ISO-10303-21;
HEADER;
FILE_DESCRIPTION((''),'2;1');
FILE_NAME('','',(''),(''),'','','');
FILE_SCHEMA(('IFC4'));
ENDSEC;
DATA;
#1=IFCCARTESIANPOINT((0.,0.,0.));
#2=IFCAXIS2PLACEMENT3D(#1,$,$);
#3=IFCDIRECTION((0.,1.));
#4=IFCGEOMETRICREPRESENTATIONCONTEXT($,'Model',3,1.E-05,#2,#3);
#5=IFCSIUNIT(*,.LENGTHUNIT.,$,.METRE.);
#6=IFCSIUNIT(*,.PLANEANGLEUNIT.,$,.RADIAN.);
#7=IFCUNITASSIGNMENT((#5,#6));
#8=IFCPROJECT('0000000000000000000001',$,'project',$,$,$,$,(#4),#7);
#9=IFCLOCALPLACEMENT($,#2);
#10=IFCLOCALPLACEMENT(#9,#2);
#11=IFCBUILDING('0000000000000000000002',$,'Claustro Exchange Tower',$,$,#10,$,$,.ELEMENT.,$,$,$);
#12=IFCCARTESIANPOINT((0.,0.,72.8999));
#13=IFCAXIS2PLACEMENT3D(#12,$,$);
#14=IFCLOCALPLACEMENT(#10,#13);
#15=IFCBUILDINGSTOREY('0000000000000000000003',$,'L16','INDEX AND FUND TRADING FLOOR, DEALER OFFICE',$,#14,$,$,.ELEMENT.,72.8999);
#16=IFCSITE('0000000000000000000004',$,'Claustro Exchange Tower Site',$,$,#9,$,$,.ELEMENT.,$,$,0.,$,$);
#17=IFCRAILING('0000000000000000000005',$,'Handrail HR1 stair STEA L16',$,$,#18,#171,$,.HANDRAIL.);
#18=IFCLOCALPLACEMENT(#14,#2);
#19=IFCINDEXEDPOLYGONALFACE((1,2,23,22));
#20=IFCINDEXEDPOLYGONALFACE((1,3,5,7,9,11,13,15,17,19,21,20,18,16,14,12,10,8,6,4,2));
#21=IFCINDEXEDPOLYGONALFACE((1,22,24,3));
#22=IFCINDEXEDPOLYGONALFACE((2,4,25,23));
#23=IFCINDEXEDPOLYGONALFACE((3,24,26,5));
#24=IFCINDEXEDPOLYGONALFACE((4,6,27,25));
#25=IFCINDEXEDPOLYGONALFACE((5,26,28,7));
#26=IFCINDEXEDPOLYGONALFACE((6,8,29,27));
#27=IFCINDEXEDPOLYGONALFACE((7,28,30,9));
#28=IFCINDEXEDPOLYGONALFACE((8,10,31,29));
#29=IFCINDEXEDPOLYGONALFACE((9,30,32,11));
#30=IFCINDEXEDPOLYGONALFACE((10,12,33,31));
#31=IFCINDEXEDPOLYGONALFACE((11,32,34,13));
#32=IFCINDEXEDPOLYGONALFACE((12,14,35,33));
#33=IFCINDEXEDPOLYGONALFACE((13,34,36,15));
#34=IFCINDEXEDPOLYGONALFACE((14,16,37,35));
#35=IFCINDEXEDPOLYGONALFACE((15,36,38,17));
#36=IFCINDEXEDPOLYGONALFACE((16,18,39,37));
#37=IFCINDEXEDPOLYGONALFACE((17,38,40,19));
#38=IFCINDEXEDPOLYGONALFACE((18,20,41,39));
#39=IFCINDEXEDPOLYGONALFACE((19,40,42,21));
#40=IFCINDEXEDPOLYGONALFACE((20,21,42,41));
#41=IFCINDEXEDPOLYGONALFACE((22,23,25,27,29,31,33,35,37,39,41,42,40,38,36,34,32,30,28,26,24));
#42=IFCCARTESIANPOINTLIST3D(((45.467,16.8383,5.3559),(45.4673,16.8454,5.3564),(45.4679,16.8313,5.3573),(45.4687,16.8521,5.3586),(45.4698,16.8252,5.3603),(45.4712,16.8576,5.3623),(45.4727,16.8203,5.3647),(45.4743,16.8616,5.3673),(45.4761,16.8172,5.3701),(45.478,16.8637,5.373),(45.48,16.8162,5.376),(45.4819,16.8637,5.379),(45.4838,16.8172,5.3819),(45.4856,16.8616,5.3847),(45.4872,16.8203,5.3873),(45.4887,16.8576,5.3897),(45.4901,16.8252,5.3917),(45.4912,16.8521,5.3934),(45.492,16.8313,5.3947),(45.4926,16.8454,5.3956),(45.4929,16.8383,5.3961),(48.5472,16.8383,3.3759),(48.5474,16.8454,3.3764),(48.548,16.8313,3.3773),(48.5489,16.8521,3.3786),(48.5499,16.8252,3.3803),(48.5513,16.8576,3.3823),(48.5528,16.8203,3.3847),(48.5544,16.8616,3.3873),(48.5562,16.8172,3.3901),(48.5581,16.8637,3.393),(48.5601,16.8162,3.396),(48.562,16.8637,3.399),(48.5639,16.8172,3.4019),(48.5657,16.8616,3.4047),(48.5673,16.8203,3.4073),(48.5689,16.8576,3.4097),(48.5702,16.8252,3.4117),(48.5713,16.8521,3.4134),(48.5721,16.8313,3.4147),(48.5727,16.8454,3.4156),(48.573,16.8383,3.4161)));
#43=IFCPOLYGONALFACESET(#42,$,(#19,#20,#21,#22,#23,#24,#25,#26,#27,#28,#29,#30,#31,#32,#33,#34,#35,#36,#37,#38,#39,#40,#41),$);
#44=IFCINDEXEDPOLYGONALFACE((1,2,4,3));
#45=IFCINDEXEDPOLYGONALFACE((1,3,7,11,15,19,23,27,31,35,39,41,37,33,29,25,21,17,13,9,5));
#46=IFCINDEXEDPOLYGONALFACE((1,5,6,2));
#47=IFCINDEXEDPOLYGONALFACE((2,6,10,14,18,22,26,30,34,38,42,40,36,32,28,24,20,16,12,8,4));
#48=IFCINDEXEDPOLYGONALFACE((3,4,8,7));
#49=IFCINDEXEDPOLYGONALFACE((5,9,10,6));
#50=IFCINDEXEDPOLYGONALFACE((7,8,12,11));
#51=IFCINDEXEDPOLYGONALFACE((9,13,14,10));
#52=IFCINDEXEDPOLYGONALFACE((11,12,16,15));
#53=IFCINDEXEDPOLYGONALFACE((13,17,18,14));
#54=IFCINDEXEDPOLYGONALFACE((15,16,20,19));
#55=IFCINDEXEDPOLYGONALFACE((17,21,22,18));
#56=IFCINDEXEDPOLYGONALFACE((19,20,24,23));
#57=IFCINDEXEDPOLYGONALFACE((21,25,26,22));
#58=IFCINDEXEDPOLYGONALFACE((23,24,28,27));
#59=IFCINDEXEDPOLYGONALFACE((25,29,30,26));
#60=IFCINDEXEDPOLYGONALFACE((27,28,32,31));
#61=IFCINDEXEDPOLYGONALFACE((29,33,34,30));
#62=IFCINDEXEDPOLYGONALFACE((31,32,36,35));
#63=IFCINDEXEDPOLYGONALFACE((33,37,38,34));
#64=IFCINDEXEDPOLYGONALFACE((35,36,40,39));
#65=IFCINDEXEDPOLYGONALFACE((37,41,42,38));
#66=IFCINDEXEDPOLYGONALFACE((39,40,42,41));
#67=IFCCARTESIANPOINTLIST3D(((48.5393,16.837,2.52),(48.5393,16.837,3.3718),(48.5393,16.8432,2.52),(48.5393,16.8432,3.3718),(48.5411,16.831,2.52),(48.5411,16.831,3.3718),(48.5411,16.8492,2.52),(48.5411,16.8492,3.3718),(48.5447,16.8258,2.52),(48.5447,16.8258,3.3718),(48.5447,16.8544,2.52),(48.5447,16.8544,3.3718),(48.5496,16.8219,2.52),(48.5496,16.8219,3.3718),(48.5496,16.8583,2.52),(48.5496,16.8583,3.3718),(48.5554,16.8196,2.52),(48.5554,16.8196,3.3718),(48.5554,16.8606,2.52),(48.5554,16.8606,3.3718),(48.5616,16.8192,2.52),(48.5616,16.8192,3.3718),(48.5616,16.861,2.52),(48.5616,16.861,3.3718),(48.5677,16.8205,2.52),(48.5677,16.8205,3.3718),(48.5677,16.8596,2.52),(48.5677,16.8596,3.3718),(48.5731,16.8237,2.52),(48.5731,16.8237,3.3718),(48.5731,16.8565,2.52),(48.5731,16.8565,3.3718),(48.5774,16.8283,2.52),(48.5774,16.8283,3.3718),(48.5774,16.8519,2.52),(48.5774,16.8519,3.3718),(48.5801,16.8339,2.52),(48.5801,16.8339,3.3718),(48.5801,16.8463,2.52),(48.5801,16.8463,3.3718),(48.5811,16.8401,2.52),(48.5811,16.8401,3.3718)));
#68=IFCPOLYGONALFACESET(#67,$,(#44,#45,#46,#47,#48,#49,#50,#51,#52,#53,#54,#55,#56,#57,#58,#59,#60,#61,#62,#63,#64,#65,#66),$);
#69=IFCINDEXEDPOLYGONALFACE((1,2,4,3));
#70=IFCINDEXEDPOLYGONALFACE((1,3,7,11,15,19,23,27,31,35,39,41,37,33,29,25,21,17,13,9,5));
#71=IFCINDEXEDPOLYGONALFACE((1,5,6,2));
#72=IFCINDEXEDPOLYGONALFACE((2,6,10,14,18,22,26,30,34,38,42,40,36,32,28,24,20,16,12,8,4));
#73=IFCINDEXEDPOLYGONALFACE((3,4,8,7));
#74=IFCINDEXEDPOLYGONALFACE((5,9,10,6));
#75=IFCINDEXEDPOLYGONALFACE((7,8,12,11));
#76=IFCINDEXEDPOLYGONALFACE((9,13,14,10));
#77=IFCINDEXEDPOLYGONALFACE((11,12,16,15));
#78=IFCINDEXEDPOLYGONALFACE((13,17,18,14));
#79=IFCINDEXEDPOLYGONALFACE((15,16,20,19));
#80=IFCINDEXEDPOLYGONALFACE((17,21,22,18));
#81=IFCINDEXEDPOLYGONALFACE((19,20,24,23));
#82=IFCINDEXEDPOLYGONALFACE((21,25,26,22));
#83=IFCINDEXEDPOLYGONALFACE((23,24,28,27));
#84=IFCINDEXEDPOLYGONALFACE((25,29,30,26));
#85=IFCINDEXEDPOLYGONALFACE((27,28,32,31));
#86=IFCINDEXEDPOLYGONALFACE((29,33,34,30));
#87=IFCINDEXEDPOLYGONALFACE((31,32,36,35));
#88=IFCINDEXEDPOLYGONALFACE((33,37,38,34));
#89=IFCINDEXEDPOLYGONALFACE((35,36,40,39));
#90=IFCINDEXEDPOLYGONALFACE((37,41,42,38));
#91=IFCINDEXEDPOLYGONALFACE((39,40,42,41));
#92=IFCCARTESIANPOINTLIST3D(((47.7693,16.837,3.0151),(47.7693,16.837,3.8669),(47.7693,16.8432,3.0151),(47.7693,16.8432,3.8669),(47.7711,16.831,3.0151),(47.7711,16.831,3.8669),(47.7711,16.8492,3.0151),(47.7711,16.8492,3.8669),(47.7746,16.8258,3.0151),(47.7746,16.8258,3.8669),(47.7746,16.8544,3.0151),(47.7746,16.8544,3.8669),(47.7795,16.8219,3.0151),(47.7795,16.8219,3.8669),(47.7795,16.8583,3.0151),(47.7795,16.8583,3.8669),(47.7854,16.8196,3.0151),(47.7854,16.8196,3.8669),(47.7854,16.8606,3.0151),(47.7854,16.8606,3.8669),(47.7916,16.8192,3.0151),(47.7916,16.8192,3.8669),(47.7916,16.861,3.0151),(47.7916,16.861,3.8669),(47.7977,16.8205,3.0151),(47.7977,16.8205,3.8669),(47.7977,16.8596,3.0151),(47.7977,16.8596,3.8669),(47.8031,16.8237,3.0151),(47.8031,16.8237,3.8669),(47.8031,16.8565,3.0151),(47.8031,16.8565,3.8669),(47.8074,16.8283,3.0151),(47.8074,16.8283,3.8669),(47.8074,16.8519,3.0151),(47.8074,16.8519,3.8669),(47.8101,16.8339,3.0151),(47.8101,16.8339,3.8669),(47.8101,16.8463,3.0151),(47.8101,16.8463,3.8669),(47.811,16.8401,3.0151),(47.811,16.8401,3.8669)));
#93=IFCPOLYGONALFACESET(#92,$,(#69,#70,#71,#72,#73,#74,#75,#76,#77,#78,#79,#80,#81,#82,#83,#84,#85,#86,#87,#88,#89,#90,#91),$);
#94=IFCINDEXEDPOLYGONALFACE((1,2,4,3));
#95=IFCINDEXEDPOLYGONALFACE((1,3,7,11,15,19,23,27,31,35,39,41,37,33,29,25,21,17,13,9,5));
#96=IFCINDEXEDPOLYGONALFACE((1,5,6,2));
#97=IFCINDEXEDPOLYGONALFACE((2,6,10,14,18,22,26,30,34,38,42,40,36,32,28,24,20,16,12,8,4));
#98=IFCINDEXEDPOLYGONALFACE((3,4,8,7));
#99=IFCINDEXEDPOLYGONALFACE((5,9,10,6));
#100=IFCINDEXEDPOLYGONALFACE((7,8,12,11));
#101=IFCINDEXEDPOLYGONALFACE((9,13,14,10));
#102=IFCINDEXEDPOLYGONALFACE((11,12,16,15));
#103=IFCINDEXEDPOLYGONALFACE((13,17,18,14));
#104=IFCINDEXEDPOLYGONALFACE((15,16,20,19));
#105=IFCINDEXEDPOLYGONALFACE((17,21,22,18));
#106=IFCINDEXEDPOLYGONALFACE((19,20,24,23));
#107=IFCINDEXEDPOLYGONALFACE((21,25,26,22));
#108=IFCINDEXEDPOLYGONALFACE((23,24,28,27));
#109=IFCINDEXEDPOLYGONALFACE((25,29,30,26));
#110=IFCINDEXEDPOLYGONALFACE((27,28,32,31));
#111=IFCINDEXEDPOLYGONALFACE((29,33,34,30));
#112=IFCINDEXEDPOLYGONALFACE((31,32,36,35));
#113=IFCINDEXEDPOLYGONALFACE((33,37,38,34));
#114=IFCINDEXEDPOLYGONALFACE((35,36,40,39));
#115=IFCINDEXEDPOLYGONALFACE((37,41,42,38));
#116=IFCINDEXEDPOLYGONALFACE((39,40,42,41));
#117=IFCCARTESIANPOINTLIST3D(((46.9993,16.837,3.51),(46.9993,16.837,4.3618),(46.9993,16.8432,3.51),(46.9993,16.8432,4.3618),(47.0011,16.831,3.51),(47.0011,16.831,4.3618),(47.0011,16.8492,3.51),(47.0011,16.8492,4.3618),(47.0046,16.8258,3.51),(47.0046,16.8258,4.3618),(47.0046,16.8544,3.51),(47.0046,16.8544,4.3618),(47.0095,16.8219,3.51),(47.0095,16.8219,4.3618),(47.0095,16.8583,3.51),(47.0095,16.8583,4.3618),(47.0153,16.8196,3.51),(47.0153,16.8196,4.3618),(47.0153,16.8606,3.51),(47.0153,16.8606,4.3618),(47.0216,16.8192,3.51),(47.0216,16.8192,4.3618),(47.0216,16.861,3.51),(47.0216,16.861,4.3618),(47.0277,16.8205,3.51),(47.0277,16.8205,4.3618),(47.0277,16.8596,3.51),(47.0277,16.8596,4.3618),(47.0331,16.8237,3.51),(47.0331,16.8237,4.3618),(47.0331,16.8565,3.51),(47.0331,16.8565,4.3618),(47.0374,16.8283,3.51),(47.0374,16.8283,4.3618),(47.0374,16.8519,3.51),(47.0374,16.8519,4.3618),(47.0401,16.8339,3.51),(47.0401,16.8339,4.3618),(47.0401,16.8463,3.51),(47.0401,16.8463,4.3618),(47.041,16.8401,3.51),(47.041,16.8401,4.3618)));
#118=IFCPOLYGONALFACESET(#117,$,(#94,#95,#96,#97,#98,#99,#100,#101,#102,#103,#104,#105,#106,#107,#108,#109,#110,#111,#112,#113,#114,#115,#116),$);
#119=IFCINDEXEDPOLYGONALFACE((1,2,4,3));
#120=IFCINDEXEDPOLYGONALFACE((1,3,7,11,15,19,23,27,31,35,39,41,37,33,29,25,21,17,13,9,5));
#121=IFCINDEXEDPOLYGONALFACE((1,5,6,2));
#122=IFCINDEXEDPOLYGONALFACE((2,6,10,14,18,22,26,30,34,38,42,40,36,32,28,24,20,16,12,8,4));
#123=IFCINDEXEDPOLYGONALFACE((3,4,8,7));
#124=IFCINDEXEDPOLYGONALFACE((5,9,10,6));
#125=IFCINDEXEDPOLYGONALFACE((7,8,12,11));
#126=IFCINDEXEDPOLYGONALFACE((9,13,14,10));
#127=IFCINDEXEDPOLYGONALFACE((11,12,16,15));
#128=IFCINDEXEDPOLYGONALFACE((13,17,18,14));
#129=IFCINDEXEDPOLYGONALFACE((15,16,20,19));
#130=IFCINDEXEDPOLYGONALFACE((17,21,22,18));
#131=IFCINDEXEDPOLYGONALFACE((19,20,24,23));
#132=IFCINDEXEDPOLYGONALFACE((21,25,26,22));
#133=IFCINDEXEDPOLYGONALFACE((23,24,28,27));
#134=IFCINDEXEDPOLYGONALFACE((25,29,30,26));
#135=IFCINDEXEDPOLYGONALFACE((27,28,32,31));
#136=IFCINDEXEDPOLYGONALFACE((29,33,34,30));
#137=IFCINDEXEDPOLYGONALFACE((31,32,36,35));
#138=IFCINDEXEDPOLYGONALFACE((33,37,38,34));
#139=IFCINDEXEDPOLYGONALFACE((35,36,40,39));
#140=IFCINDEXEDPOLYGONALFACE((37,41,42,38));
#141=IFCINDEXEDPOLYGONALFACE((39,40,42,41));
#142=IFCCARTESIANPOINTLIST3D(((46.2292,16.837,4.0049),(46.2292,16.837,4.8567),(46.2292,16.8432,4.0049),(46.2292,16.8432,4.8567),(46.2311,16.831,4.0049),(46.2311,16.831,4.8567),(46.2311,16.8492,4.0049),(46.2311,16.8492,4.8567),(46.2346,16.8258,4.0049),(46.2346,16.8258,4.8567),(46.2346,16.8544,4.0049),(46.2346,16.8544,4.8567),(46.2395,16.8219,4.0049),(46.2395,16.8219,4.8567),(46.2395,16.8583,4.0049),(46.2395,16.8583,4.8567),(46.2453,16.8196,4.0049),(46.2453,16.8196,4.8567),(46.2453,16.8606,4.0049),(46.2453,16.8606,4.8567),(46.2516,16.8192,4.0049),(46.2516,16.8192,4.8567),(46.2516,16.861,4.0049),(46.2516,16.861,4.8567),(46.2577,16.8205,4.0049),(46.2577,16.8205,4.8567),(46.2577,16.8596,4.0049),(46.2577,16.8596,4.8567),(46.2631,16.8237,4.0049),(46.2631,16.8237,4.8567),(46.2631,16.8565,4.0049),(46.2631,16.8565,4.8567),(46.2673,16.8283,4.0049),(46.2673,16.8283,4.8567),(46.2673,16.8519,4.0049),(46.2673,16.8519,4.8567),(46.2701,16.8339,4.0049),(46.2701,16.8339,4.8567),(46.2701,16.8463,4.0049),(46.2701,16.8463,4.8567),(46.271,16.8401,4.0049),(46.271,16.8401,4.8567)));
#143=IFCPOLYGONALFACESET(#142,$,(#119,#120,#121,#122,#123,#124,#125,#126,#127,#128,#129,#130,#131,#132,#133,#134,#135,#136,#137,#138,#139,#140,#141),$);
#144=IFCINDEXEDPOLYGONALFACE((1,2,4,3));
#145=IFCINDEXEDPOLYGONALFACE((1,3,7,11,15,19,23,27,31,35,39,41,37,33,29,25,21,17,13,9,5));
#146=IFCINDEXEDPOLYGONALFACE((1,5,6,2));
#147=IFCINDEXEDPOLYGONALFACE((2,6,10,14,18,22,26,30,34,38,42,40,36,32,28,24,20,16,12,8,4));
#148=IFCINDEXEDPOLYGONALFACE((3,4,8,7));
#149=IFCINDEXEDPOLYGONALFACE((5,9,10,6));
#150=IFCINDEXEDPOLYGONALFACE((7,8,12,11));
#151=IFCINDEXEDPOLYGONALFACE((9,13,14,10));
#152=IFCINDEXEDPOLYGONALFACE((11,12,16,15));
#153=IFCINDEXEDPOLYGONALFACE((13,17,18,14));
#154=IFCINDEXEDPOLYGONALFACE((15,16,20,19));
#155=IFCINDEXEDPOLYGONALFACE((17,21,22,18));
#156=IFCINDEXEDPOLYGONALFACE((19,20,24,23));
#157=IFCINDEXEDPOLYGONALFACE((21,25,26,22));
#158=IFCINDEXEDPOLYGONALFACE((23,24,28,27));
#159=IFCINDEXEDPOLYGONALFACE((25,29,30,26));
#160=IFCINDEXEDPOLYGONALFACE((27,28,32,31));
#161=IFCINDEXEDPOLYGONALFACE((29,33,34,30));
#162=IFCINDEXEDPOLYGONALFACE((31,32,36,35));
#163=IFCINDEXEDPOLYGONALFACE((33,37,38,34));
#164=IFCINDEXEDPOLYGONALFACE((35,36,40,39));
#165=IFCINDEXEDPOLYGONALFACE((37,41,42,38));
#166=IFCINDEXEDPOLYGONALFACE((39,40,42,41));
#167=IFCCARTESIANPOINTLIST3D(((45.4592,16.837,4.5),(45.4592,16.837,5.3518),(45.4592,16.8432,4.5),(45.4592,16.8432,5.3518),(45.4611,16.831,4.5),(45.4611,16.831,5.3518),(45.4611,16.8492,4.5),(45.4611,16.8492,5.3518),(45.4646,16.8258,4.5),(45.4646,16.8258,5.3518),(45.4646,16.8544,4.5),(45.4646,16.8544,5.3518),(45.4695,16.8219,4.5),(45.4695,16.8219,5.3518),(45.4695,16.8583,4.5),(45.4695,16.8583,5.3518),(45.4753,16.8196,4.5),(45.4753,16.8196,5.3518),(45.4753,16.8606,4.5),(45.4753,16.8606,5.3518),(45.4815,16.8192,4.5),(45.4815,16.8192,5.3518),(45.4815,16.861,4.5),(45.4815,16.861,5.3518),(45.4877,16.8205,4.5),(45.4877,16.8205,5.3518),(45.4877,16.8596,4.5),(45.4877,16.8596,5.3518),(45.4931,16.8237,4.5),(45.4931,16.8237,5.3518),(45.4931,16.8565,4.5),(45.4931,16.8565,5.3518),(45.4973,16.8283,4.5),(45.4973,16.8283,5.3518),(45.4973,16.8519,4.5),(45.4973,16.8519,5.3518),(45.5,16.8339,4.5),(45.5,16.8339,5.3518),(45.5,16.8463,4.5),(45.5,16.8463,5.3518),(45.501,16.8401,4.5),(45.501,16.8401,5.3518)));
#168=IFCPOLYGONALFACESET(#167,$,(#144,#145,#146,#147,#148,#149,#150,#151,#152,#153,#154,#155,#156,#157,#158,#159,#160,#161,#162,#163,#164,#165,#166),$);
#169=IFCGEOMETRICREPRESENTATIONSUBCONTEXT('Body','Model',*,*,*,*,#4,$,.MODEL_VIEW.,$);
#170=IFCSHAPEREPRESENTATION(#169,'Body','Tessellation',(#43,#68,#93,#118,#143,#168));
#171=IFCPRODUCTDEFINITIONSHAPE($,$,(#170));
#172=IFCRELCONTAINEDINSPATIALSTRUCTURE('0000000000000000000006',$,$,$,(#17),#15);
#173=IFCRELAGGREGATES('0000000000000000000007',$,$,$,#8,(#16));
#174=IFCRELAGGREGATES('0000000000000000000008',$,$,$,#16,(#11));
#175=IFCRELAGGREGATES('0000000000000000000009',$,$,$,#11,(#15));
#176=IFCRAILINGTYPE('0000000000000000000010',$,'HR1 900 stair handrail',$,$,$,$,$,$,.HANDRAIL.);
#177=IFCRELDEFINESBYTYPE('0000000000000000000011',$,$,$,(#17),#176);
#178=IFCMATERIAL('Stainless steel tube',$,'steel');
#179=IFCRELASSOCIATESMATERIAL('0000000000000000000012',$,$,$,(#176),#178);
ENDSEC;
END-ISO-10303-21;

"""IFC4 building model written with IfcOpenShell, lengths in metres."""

from ifc_helpers import new_model, si_unit, direction, frame, origin, origin_2d, place, context, subcontext, project, spatial, circle, extrude, material, type_object, element, save


model = new_model("IFC4")

# Units and contexts
model_context = context("Model", 3, precision=1e-05, world=origin(), true_north=direction((0.0, 1.0)))
body_context = subcontext(model_context, "Body", "Model", "MODEL_VIEW")
ifc_project = project(units=[si_unit("LENGTHUNIT", "METRE"), si_unit("PLANEANGLEUNIT", "RADIAN")], contexts=[model_context])

# Site, building, storey
site_placement = place(None, origin())
site = spatial("IfcSite", under=ifc_project, at=site_placement, Name="Claustro Exchange Tower Site", CompositionType="ELEMENT", RefElevation=0.0)
building_placement = place(site_placement, origin())
building = spatial("IfcBuilding", under=site, at=building_placement, Name="Claustro Exchange Tower", CompositionType="ELEMENT")
storey_placement = place(building_placement, frame((0.0, 0.0, 72.8999)))
storey = spatial("IfcBuildingStorey", under=building, at=storey_placement, Name="L16", Description="INDEX AND FUND TRADING FLOOR, DEALER OFFICE", CompositionType="ELEMENT", Elevation=72.8999)

# Railing
ifc_material_1 = material(Name="Stainless steel tube", Category="steel")
railing_type = type_object("IfcRailingType", Name="HR1 900 stair handrail", PredefinedType="HANDRAIL", material=ifc_material_1)
railing_placement = place(storey_placement, frame((48.5601, 16.8401, 2.52)))
element("IfcRailing", 1, at=railing_placement, inside=storey, type_object=railing_type, Name="Handrail HR1 stair STEA L16", PredefinedType="HANDRAIL", context=body_context, shape_type="SweptSolid", body=[
    extrude(circle(Radius=0.0239, at=origin_2d()), frame((0.0, 0.0, 0.876), z_axis=(-0.841187, 0.0, 0.540744), x_axis=(0.0, -1.0, 0.0)), (0.0, 0.0, 1.0), 3.6616),
    extrude(circle(Radius=0.021, at=origin_2d()), origin(), (0.0, 0.0, 1.0), 0.8518),
    extrude(circle(Radius=0.021, at=origin_2d()), frame((-0.77, 0.0, 0.4951)), (0.0, 0.0, 1.0), 0.8518),
    extrude(circle(Radius=0.021, at=origin_2d()), frame((-1.54, 0.0, 0.99)), (0.0, 0.0, 1.0), 0.8518),
    extrude(circle(Radius=0.021, at=origin_2d()), frame((-2.3101, 0.0, 1.4849)), (0.0, 0.0, 1.0), 0.8518),
    extrude(circle(Radius=0.021, at=origin_2d()), frame((-3.0801, 0.0, 1.98)), (0.0, 0.0, 1.0), 0.8518),
])

save(model, "model.ifc")
